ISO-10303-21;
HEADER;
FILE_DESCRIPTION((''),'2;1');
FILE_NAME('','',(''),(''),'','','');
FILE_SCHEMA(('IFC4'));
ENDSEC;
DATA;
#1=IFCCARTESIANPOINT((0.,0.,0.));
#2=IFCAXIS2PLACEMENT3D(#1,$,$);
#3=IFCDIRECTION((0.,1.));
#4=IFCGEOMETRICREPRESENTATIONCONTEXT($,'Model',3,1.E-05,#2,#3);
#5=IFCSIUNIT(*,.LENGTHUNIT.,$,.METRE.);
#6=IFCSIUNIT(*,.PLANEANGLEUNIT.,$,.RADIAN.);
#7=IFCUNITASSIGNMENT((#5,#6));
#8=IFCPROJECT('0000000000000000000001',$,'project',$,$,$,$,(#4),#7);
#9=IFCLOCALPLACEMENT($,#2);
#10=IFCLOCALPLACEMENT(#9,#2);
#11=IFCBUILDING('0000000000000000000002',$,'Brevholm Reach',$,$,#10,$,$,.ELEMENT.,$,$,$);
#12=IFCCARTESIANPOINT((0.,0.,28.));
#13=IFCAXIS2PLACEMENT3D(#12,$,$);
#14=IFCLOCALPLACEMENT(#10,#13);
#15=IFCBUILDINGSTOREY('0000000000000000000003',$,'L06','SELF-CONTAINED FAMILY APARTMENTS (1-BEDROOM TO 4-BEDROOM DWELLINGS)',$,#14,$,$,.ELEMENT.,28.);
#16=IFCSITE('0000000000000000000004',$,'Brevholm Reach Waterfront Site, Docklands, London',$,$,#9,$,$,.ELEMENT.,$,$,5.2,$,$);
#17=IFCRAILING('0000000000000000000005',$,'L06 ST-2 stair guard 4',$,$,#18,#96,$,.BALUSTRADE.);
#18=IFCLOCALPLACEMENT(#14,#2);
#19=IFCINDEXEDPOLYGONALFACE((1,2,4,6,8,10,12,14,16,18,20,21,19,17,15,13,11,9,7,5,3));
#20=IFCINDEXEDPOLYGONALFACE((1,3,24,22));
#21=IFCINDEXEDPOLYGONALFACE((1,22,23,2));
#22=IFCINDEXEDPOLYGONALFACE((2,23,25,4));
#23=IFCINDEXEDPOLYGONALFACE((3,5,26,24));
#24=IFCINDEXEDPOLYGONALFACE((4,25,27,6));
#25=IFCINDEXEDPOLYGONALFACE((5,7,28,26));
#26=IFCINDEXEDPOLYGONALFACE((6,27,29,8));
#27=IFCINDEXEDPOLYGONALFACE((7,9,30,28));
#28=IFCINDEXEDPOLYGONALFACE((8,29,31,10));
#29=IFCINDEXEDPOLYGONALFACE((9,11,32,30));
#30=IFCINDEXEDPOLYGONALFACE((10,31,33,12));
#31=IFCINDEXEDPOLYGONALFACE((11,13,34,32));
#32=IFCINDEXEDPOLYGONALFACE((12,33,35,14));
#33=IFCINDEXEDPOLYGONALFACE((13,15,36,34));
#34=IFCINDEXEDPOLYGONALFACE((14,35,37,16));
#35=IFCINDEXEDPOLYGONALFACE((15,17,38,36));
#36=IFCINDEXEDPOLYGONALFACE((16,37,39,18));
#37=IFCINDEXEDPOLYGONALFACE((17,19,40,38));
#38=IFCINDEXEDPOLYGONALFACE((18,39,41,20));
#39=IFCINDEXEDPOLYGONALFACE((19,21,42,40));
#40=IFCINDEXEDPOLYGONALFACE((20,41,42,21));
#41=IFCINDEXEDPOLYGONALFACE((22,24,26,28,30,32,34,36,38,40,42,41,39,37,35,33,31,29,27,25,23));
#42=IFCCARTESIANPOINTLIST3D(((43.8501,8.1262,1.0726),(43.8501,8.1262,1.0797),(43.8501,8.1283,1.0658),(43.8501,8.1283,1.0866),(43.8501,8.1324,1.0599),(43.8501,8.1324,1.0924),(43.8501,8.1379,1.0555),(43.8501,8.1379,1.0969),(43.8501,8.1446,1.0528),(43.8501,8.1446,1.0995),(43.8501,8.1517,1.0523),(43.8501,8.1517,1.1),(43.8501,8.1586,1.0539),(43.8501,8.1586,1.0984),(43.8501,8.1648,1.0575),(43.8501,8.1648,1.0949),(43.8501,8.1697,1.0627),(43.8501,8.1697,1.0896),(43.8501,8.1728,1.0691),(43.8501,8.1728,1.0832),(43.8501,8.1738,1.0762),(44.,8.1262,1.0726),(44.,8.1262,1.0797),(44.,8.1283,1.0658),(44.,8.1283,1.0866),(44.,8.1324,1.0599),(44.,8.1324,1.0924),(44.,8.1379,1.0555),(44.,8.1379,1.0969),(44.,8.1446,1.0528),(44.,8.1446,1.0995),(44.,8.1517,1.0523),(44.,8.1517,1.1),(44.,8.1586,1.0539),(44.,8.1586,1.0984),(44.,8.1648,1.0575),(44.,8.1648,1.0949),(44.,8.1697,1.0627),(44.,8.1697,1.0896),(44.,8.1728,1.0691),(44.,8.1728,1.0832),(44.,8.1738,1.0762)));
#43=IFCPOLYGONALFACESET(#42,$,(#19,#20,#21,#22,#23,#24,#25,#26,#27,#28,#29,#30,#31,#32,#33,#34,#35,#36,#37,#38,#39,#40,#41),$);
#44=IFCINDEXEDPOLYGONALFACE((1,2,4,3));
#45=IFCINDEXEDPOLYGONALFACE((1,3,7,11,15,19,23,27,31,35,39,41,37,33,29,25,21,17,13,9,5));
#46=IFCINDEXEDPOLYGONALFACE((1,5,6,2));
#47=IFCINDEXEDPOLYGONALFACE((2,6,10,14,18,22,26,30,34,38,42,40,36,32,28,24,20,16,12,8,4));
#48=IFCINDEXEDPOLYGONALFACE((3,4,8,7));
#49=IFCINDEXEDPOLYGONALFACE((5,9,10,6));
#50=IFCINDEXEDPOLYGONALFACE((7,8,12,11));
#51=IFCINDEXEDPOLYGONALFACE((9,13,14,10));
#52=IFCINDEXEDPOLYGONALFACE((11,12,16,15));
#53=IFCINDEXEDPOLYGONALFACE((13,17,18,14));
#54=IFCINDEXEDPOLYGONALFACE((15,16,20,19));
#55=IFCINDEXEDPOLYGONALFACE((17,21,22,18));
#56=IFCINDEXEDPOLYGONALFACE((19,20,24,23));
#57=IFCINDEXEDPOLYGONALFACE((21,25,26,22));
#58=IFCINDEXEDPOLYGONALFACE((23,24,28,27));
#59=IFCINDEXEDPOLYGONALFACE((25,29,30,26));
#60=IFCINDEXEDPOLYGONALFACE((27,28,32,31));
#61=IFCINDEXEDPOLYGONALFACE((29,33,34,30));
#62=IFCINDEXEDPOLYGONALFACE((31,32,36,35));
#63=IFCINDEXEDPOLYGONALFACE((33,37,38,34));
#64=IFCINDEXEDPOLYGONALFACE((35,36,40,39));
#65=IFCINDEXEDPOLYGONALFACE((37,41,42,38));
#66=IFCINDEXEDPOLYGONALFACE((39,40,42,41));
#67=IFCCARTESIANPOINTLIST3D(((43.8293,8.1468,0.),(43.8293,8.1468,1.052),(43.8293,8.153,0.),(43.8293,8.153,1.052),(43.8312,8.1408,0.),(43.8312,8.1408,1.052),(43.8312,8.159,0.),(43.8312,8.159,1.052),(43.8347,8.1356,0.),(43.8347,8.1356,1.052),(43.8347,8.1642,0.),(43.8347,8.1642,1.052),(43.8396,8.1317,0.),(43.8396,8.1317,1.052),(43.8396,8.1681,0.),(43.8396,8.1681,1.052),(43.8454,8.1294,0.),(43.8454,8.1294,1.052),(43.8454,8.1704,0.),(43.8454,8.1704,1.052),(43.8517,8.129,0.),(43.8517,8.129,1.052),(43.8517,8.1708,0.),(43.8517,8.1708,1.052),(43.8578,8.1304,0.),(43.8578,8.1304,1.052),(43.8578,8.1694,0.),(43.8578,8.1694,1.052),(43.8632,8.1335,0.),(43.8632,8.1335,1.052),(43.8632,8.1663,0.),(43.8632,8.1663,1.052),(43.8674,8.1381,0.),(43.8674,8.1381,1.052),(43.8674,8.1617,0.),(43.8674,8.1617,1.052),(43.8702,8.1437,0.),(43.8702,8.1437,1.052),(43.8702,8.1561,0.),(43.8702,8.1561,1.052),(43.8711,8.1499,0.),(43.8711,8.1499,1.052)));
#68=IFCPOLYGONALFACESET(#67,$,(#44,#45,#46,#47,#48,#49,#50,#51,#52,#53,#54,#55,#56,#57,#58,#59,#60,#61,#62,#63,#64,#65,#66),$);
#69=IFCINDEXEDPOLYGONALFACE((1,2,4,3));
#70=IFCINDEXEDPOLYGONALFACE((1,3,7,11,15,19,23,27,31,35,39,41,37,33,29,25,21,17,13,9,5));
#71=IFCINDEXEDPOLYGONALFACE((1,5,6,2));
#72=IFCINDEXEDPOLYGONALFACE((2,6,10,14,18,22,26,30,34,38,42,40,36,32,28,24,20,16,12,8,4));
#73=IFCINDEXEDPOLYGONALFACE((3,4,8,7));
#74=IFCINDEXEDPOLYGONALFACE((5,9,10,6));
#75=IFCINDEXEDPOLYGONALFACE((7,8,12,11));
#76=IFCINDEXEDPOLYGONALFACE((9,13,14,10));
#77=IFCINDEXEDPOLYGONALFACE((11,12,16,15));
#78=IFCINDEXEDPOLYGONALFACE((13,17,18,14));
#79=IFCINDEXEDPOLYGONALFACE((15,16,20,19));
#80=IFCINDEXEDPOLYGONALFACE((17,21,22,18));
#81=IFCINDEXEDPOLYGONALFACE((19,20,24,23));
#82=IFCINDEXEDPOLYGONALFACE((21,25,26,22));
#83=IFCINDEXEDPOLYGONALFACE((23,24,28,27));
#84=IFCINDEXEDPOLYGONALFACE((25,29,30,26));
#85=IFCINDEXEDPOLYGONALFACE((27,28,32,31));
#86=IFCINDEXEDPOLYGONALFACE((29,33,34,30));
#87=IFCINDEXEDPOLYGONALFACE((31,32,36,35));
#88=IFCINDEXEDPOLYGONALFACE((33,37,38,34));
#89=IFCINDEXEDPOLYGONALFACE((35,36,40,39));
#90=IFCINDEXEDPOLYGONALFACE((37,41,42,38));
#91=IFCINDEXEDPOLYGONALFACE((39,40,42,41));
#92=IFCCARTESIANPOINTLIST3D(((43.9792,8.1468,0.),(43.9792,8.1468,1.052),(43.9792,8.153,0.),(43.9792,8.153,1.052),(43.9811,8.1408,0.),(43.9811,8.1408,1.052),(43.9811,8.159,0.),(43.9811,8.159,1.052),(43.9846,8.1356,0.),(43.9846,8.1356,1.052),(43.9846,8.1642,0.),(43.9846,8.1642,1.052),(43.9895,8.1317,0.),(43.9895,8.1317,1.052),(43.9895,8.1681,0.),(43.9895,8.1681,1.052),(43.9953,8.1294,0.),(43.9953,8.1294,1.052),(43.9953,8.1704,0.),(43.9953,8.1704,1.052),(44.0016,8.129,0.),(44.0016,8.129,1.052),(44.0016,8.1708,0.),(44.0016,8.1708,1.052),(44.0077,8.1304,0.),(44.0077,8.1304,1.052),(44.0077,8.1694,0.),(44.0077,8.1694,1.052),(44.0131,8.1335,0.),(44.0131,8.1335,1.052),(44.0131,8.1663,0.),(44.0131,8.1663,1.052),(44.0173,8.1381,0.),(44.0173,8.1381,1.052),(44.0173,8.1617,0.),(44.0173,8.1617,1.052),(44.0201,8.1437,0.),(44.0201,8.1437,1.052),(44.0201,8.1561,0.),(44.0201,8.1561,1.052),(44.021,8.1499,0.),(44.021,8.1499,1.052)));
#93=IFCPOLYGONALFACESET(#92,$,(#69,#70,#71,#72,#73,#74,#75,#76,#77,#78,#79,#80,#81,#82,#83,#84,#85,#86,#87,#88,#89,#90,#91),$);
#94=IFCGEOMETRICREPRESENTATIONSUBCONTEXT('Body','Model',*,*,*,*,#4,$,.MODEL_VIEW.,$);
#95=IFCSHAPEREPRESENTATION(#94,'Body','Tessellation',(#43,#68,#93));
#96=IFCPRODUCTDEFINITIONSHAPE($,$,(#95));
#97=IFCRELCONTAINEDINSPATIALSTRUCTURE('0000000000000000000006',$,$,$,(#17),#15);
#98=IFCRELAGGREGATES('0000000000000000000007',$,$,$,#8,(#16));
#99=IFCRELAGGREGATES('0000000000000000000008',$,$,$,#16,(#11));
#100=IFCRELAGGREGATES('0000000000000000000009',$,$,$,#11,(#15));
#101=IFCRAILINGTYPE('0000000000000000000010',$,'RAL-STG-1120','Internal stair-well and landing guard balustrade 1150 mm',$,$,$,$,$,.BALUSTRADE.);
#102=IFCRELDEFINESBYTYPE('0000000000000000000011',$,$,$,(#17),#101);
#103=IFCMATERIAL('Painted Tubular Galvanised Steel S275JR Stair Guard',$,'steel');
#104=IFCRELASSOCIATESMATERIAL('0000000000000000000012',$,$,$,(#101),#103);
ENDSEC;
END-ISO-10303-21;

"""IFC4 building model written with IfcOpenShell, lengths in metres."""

from ifc_helpers import new_model, si_unit, direction, frame, origin, origin_2d, place, context, subcontext, project, spatial, circle, extrude, material, type_object, element, save


model = new_model("IFC4")

# Units and contexts
model_context = context("Model", 3, precision=1e-05, world=origin(), true_north=direction((0.0, 1.0)))
body_context = subcontext(model_context, "Body", "Model", "MODEL_VIEW")
ifc_project = project(units=[si_unit("LENGTHUNIT", "METRE"), si_unit("PLANEANGLEUNIT", "RADIAN")], contexts=[model_context])

# Site, building, storey
site_placement = place(None, origin())
site = spatial("IfcSite", under=ifc_project, at=site_placement, Name="Brevholm Reach Waterfront Site, Docklands, London", CompositionType="ELEMENT", RefElevation=5.2)
building_placement = place(site_placement, origin())
building = spatial("IfcBuilding", under=site, at=building_placement, Name="Brevholm Reach", CompositionType="ELEMENT")
storey_placement = place(building_placement, frame((0.0, 0.0, 28.0)))
storey = spatial("IfcBuildingStorey", under=building, at=storey_placement, Name="L06", Description="SELF-CONTAINED FAMILY APARTMENTS (1-BEDROOM TO 4-BEDROOM DWELLINGS)", CompositionType="ELEMENT", Elevation=28.0)

# Railing
ifc_material_1 = material(Name="Painted Tubular Galvanised Steel S275JR Stair Guard", Category="steel")
railing_type = type_object("IfcRailingType", Name="RAL-STG-1120", Description="Internal stair-well and landing guard balustrade 1150 mm", PredefinedType="BALUSTRADE", material=ifc_material_1)
railing_placement = place(storey_placement, frame((43.8501, 8.1499, 0.0)))
element("IfcRailing", 1, at=railing_placement, inside=storey, type_object=railing_type, Name="L06 ST-2 stair guard 4", PredefinedType="BALUSTRADE", context=body_context, shape_type="SweptSolid", body=[
    extrude(circle(Radius=0.0239, at=origin_2d()), frame((0.0, 0.0, 1.0762), z_axis=(1.0, 0.0, 0.0), x_axis=(0.0, 1.0, 0.0)), (0.0, 0.0, 1.0), 0.1499),
    extrude(circle(Radius=0.021, at=origin_2d()), origin(), (0.0, 0.0, 1.0), 1.052),
    extrude(circle(Radius=0.021, at=origin_2d()), frame((0.1499, 0.0, 0.0)), (0.0, 0.0, 1.0), 1.052),
])

save(model, "model.ifc")
